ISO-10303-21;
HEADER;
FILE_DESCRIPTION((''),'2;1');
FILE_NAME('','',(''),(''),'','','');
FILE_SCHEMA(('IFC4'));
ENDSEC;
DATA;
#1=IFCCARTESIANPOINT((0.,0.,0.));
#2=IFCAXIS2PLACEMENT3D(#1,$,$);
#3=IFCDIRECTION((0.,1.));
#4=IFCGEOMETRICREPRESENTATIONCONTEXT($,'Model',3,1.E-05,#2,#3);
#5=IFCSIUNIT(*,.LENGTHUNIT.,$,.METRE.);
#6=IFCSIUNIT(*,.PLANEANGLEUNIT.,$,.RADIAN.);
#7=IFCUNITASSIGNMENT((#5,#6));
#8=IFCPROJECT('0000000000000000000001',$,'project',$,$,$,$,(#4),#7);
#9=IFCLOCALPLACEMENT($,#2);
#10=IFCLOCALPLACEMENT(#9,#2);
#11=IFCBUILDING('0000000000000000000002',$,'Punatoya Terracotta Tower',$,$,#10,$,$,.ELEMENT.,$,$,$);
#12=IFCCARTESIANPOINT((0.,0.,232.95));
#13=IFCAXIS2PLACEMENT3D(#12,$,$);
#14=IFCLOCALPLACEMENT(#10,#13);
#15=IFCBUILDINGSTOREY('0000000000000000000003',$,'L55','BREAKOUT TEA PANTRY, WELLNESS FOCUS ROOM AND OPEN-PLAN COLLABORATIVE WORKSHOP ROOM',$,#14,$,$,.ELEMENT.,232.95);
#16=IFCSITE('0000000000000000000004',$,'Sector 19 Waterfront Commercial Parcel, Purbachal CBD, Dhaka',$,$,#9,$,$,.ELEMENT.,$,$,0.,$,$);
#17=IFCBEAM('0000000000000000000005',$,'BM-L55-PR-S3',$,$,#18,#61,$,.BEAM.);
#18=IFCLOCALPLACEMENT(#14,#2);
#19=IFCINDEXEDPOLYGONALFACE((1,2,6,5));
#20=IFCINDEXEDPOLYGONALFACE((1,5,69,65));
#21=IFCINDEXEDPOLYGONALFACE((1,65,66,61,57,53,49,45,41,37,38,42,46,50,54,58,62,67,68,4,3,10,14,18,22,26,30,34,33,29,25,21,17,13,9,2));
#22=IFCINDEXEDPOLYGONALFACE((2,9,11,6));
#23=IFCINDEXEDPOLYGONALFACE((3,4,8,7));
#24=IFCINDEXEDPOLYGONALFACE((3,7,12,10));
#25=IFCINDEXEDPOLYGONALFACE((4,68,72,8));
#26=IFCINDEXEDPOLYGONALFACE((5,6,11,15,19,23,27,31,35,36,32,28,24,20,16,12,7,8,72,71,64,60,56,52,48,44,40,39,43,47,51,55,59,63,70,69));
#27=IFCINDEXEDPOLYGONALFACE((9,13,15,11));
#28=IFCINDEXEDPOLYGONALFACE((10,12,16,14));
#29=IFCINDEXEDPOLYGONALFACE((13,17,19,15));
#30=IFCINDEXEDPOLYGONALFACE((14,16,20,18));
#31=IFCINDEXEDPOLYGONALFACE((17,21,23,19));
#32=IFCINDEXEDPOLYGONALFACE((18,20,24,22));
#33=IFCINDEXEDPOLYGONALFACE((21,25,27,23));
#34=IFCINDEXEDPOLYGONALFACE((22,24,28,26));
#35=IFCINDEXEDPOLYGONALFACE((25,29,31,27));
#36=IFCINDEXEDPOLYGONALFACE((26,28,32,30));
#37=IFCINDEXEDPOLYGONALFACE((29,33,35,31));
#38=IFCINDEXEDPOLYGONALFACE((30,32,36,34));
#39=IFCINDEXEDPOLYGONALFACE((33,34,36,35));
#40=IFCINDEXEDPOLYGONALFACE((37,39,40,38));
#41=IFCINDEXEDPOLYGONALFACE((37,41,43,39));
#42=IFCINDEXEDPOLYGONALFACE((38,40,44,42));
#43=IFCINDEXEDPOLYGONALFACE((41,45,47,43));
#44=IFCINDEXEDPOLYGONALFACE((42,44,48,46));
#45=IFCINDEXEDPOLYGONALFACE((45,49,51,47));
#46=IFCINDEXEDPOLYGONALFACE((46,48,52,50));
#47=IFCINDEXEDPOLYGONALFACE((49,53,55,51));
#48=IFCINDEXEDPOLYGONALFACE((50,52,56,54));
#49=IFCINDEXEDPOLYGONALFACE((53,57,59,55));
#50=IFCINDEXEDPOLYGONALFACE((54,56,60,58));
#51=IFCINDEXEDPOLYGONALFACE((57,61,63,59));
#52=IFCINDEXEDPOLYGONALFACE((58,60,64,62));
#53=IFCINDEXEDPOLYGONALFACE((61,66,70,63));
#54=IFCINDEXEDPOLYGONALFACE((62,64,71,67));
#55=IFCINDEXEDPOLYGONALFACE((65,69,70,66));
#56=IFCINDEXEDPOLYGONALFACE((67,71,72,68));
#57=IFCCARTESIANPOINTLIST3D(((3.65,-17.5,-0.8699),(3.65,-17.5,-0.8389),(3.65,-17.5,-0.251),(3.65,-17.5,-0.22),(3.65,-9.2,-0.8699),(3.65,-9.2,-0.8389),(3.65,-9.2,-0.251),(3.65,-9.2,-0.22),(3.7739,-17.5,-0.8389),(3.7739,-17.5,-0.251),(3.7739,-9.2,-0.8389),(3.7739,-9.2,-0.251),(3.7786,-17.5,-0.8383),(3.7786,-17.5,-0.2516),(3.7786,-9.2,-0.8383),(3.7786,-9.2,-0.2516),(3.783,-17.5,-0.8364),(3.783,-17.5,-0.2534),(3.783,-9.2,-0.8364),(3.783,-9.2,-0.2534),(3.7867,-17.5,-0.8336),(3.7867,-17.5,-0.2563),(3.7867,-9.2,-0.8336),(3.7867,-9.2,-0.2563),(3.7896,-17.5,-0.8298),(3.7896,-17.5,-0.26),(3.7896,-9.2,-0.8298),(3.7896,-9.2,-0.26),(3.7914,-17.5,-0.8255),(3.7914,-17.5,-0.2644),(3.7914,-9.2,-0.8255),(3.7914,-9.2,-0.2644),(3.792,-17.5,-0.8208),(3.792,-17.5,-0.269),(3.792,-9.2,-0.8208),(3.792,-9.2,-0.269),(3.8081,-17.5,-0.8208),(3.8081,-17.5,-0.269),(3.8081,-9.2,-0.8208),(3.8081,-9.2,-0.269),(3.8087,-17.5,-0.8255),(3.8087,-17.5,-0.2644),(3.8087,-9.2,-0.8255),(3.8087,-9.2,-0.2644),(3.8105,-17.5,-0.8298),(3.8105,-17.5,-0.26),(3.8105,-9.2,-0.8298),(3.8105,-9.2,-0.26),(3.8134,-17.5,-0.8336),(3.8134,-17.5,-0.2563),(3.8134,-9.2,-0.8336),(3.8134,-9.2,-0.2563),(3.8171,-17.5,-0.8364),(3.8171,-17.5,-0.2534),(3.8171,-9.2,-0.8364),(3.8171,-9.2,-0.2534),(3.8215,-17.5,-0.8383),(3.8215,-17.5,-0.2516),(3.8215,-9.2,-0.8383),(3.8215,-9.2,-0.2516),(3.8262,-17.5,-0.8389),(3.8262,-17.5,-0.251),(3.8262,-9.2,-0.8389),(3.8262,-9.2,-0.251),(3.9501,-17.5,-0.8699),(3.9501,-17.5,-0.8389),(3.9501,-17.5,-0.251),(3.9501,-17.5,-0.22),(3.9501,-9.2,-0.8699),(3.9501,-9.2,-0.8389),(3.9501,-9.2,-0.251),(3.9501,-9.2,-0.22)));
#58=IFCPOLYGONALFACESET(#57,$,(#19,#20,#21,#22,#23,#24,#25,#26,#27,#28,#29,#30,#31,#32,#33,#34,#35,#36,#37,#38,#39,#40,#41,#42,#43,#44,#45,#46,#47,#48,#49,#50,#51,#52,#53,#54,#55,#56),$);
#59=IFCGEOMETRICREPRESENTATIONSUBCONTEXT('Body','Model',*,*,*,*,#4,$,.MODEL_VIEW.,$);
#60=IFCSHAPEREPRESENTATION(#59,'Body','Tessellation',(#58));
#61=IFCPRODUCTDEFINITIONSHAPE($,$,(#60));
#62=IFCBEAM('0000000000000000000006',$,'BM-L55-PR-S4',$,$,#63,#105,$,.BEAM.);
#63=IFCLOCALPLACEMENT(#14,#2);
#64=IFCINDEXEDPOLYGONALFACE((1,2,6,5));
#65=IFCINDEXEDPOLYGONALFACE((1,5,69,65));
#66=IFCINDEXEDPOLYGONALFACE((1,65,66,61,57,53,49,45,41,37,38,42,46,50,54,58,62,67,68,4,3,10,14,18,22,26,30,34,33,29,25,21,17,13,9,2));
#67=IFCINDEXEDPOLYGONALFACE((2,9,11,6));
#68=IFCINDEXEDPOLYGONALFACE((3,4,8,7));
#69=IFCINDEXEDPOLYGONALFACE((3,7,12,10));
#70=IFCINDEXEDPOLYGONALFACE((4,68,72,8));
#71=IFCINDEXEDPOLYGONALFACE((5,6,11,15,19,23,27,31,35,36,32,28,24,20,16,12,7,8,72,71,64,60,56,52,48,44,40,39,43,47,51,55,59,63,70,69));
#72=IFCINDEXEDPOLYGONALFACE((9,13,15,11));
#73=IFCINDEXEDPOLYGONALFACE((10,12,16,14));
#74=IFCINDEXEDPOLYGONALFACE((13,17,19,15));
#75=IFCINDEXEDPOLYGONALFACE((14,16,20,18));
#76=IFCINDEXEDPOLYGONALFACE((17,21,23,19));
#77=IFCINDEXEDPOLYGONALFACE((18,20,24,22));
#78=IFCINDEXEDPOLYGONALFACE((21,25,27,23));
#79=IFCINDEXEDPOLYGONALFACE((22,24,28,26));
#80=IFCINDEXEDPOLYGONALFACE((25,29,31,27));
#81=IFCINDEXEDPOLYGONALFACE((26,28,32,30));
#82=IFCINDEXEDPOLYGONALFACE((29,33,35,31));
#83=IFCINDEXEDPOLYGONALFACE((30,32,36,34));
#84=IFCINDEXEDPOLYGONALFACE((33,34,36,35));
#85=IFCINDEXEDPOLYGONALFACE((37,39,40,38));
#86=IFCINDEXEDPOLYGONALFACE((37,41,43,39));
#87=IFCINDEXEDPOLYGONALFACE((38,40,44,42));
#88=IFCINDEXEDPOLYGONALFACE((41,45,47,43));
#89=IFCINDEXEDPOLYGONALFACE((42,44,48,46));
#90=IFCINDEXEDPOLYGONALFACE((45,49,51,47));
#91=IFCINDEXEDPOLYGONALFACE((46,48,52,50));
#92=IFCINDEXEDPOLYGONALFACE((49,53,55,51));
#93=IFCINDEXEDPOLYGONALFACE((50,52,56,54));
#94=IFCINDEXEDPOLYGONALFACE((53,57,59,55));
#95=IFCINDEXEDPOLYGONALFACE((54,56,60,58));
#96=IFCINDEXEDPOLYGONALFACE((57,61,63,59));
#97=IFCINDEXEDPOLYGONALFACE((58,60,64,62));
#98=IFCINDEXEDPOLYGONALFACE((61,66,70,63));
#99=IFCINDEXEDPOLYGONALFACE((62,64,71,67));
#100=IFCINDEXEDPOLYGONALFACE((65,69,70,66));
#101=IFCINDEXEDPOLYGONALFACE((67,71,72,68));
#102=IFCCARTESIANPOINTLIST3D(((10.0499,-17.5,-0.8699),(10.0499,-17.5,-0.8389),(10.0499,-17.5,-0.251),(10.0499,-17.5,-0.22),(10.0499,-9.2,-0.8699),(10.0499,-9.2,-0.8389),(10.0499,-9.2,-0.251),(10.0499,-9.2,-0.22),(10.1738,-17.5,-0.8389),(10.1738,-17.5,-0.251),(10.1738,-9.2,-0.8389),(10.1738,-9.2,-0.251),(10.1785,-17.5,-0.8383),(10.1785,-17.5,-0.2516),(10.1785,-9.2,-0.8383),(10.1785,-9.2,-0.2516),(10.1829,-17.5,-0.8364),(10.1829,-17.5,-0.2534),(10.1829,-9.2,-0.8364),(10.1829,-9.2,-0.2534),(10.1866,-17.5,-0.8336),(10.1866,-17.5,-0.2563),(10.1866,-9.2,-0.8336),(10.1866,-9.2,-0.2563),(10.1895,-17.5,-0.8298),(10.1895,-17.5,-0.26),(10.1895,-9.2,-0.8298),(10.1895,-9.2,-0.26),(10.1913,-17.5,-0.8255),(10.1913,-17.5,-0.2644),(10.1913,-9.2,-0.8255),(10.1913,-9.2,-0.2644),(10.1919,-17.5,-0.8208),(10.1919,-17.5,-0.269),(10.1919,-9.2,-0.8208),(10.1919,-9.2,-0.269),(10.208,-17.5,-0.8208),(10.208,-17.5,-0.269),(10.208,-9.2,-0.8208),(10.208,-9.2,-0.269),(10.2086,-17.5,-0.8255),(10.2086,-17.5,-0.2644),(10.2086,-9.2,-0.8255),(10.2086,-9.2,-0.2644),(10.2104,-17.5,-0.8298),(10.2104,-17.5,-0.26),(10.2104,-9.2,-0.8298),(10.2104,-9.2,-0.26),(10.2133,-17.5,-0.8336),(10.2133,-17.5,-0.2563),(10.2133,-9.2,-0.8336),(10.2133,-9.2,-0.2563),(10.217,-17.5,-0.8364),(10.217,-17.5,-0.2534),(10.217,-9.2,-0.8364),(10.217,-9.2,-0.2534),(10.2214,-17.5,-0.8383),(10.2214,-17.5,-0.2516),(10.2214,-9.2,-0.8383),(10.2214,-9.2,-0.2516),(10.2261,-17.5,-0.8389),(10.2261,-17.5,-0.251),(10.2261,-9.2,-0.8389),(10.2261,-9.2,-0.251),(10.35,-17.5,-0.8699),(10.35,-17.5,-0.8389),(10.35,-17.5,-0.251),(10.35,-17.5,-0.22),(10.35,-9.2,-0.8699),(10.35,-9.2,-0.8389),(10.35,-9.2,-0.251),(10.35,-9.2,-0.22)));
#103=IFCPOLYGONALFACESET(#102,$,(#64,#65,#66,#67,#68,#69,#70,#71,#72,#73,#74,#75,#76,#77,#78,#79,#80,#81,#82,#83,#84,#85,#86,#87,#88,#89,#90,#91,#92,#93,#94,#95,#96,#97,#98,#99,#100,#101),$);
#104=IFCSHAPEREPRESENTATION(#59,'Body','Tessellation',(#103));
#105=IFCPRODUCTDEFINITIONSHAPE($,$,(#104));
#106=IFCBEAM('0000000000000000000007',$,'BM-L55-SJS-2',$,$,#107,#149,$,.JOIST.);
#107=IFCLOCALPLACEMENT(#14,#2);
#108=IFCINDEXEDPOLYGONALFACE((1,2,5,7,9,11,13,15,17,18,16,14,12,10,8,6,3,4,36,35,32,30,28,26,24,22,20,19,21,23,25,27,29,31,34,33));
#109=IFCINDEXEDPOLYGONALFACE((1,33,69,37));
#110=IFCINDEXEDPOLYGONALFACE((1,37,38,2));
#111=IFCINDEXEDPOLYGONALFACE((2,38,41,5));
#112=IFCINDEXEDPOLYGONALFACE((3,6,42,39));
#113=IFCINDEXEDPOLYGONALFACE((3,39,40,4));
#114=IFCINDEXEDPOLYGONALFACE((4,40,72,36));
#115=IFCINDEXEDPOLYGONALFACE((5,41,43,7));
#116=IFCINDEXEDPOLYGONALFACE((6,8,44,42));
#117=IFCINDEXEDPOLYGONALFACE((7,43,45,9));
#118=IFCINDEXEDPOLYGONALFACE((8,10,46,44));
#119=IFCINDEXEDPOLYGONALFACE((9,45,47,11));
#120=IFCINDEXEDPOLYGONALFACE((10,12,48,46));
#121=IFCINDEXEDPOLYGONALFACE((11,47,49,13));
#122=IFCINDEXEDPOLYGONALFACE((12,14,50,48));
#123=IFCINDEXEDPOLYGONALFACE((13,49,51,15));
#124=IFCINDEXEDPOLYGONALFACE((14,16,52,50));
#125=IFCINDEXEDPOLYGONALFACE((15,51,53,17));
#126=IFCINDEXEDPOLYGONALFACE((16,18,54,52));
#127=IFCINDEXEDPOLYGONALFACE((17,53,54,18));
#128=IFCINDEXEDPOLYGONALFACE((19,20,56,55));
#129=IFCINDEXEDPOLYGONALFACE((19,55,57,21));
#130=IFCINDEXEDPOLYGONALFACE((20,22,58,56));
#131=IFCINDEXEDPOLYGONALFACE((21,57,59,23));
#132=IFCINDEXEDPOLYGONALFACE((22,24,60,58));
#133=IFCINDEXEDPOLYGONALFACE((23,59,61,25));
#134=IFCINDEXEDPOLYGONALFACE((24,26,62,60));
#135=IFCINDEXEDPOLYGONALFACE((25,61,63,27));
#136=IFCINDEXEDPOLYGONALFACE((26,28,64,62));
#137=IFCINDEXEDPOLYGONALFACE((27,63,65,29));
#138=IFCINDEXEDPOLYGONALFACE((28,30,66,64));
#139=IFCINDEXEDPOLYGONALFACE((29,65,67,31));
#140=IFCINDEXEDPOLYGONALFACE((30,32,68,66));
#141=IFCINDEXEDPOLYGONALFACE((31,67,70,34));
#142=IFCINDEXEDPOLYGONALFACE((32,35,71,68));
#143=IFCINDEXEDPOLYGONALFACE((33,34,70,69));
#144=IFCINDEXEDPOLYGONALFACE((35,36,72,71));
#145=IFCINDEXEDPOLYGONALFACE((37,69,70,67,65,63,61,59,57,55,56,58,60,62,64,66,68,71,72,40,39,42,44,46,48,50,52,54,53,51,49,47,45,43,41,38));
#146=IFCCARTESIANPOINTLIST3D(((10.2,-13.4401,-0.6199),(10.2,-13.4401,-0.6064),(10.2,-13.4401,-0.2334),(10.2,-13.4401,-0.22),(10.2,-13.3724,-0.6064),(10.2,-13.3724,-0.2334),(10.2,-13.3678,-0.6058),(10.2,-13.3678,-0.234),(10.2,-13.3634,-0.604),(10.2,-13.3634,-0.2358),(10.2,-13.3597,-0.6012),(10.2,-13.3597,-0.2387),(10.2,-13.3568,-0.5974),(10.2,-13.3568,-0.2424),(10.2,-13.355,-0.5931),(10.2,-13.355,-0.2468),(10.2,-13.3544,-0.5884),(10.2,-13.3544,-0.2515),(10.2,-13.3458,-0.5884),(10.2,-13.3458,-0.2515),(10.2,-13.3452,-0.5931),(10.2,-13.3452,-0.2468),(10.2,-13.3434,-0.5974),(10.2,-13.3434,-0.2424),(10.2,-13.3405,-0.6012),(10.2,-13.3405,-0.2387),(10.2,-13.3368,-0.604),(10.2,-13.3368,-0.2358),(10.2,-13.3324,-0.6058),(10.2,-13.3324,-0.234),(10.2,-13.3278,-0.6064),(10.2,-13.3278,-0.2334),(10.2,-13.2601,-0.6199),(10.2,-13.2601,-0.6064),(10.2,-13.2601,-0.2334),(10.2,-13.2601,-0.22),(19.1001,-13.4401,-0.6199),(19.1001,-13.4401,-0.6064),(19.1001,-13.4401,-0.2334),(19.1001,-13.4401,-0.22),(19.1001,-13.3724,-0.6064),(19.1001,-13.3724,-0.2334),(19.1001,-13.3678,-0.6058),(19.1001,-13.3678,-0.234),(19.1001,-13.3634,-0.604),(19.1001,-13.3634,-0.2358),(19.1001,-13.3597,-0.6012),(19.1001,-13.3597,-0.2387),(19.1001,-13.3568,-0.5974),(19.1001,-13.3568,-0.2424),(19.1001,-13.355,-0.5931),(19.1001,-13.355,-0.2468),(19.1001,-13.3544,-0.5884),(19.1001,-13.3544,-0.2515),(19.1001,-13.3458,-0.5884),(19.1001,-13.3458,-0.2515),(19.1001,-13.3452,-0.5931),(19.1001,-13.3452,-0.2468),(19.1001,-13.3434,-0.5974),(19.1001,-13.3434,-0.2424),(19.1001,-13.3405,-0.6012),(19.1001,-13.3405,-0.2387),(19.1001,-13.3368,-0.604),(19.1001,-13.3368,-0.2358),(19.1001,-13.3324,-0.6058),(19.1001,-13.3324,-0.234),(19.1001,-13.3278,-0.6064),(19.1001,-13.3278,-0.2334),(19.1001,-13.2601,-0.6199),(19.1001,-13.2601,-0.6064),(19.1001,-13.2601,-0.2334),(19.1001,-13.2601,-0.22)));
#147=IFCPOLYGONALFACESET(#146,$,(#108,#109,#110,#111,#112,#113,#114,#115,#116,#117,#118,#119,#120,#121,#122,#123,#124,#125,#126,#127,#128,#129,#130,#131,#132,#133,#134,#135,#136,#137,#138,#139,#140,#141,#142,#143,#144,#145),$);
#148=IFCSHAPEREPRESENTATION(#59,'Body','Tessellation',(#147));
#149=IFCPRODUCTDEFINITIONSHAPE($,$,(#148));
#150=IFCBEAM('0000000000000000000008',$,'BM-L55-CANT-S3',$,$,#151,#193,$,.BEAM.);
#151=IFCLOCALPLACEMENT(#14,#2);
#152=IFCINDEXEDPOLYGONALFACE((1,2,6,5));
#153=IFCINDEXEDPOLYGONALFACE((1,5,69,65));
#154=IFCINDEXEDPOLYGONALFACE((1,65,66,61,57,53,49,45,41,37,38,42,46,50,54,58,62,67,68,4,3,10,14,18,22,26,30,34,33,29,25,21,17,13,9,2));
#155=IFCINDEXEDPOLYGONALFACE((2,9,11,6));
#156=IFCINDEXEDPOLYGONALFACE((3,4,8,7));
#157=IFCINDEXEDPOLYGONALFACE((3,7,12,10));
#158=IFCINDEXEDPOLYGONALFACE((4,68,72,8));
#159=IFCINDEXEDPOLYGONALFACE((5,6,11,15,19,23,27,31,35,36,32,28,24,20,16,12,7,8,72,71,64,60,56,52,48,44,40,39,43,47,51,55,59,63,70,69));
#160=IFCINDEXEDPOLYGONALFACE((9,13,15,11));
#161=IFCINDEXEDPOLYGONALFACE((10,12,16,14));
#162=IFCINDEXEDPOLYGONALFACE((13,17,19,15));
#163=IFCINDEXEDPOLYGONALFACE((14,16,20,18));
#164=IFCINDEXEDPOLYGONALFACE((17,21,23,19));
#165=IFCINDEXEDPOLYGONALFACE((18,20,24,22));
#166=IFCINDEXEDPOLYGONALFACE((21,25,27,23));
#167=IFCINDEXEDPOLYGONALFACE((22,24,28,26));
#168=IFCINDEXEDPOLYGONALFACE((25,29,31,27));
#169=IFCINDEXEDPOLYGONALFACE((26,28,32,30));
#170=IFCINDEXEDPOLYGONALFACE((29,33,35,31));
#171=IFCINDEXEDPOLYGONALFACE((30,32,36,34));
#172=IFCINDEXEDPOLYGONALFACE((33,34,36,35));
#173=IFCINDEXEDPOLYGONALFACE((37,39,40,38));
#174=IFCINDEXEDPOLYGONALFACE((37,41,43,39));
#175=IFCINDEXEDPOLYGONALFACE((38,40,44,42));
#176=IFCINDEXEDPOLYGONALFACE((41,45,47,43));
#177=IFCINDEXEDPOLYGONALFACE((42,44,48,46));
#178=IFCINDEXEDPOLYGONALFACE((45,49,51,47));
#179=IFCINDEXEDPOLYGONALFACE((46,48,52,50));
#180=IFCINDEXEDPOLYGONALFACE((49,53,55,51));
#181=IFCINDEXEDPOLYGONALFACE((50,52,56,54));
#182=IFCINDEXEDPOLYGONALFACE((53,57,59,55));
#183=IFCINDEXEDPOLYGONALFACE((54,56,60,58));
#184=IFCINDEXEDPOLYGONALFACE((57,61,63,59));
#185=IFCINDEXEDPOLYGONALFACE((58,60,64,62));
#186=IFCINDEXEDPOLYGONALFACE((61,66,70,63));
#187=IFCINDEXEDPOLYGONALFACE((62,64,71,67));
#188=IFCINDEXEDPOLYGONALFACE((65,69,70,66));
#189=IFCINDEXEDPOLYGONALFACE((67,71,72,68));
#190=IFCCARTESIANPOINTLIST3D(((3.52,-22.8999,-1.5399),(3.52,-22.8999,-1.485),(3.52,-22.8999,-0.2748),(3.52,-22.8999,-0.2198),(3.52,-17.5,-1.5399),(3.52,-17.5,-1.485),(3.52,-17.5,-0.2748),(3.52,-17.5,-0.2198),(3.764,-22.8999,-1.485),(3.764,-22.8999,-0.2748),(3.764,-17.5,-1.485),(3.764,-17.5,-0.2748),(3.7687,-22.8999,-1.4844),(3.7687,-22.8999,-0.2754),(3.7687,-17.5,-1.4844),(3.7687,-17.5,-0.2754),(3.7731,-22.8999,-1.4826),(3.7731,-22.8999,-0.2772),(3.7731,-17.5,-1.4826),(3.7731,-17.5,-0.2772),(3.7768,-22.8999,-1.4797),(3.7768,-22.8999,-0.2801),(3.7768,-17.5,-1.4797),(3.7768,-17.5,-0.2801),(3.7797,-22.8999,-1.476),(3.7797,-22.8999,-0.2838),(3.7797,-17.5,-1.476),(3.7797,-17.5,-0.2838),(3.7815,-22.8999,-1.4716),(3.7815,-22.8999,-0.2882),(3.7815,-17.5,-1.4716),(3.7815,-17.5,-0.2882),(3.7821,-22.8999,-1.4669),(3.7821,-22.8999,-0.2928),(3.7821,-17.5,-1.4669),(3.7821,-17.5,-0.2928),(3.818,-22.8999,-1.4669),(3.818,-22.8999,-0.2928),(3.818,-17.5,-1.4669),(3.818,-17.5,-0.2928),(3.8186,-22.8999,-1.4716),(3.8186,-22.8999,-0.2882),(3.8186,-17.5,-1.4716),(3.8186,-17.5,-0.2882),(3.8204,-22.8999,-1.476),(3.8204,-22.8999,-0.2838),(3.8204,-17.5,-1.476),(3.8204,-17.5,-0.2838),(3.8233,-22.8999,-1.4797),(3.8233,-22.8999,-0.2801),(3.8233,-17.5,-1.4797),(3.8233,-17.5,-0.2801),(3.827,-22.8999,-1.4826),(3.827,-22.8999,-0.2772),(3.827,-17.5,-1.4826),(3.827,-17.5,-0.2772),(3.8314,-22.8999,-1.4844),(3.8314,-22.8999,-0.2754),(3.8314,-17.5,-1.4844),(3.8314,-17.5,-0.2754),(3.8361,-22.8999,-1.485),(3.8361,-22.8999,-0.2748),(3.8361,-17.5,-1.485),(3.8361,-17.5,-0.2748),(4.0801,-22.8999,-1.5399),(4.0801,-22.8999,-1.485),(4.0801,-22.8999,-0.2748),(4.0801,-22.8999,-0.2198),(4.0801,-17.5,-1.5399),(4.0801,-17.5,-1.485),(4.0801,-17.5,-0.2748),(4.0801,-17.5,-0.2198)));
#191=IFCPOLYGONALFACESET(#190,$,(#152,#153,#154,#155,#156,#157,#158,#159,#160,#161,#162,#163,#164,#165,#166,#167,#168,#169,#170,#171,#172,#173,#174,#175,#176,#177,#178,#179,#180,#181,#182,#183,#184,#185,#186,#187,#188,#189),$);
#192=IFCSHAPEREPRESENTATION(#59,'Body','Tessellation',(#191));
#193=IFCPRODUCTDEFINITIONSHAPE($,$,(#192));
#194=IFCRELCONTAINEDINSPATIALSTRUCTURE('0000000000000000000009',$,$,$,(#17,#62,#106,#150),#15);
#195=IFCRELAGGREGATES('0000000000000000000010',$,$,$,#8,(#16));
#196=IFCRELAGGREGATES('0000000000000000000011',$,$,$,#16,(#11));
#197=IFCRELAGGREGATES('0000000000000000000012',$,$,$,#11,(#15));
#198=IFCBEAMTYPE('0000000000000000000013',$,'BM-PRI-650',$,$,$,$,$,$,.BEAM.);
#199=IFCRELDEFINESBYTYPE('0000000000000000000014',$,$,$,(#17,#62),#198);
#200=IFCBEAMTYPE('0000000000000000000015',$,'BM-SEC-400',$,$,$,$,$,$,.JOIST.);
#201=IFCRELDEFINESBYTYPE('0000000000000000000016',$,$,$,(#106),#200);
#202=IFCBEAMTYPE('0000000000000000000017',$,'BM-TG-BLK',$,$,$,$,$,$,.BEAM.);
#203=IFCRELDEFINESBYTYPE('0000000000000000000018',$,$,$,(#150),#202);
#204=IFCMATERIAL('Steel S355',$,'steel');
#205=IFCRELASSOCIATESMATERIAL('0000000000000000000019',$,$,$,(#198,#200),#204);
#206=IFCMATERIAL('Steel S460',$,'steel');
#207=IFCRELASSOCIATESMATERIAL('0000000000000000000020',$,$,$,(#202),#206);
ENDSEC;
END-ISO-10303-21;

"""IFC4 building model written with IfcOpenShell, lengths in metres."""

from ifc_helpers import new_model, si_unit, direction, frame, origin, origin_2d, place, context, subcontext, project, spatial, i_section, extrude, material, material_profile, profile_set, type_object, element, save


model = new_model("IFC4")

# Units and contexts
model_context = context("Model", 3, precision=1e-05, world=origin(), true_north=direction((0.0, 1.0)))
body_context = subcontext(model_context, "Body", "Model", "MODEL_VIEW")
ifc_project = project(units=[si_unit("LENGTHUNIT", "METRE"), si_unit("PLANEANGLEUNIT", "RADIAN")], contexts=[model_context])

# Site, building, storey
site_placement = place(None, origin())
site = spatial("IfcSite", under=ifc_project, at=site_placement, Name="Sector 19 Waterfront Commercial Parcel, Purbachal CBD, Dhaka", CompositionType="ELEMENT", RefElevation=0.0)
building_placement = place(site_placement, origin())
building = spatial("IfcBuilding", under=site, at=building_placement, Name="Punatoya Terracotta Tower", CompositionType="ELEMENT")
storey_placement = place(building_placement, frame((0.0, 0.0, 232.95)))
storey = spatial("IfcBuildingStorey", under=building, at=storey_placement, Name="L55", Description="BREAKOUT TEA PANTRY, WELLNESS FOCUS ROOM AND OPEN-PLAN COLLABORATIVE WORKSHOP ROOM", CompositionType="ELEMENT", Elevation=232.95)

# Shared definitions
ifc_material_1 = material(Name="Steel S460", Category="steel")

# Beams
ifc_material_2 = material(Name="Steel S355", Category="steel")
ifc_material_profile_1 = material_profile(ifc_material_2, i_section(OverallWidth=0.3, OverallDepth=0.6499, WebThickness=0.0161, FlangeThickness=0.031, FilletRadius=0.0181, at=origin_2d()))
ifc_profile_set_1 = profile_set([ifc_material_profile_1], Name="Steel S355")
beam_type_1 = type_object("IfcBeamType", Name="BM-PRI-650", PredefinedType="BEAM", material=ifc_profile_set_1)
for number, where, z_axis, x_axis, name in (
    (1, (3.8, -17.5, -0.5449), (0.0, 1.0, 0.0), (-1.0, 0.0, 0.0), "BM-L55-PR-S3"),
    (2, (10.2, -17.5, -0.5449), (0.0, 1.0, 0.0), (-1.0, 0.0, 0.0), "BM-L55-PR-S4"),
):
    element("IfcBeam", number, at=place(storey_placement, frame(where, z_axis=z_axis, x_axis=x_axis)), inside=storey, type_object=beam_type_1, Name=name, PredefinedType="BEAM", context=body_context, shape_type="SweptSolid", body=[
        extrude(i_section(OverallWidth=0.3, OverallDepth=0.6499, WebThickness=0.0161, FlangeThickness=0.031, FilletRadius=0.0181, at=origin_2d()), origin(), (0.0, 0.0, 1.0), 8.3),
    ])
ifc_material_profile_2 = material_profile(ifc_material_2, i_section(OverallWidth=0.1799, OverallDepth=0.3999, WebThickness=0.0085, FlangeThickness=0.0134, FilletRadius=0.0181, at=origin_2d()))
ifc_profile_set_2 = profile_set([ifc_material_profile_2], Name="Steel S355")
beam_type_2 = type_object("IfcBeamType", Name="BM-SEC-400", PredefinedType="JOIST", material=ifc_profile_set_2)
beam_1_placement = place(storey_placement, frame((10.2, -13.3501, -0.4199), z_axis=(1.0, 0.0, 0.0), x_axis=(0.0, 1.0, 0.0)))
element("IfcBeam", 3, at=beam_1_placement, inside=storey, type_object=beam_type_2, Name="BM-L55-SJS-2", PredefinedType="JOIST", context=body_context, shape_type="SweptSolid", body=[
    extrude(i_section(OverallWidth=0.1799, OverallDepth=0.3999, WebThickness=0.0085, FlangeThickness=0.0134, FilletRadius=0.0181, at=origin_2d()), origin(), (0.0, 0.0, 1.0), 8.9001),
])
ifc_material_profile_3 = material_profile(ifc_material_1, i_section(OverallWidth=0.5601, OverallDepth=1.3201, WebThickness=0.0359, FlangeThickness=0.0549, FilletRadius=0.0181, at=origin_2d()))
ifc_profile_set_3 = profile_set([ifc_material_profile_3], Name="Steel S460")
beam_type_3 = type_object("IfcBeamType", Name="BM-TG-BLK", PredefinedType="BEAM", material=ifc_profile_set_3)
beam_2_placement = place(storey_placement, frame((3.8, -22.8999, -0.8799), z_axis=(0.0, 1.0, 0.0), x_axis=(-1.0, 0.0, 0.0)))
element("IfcBeam", 4, at=beam_2_placement, inside=storey, type_object=beam_type_3, Name="BM-L55-CANT-S3", PredefinedType="BEAM", context=body_context, shape_type="SweptSolid", body=[
    extrude(i_section(OverallWidth=0.5601, OverallDepth=1.3201, WebThickness=0.0359, FlangeThickness=0.0549, FilletRadius=0.0181, at=origin_2d()), origin(), (0.0, 0.0, 1.0), 5.3999),
])

save(model, "model.ifc")
